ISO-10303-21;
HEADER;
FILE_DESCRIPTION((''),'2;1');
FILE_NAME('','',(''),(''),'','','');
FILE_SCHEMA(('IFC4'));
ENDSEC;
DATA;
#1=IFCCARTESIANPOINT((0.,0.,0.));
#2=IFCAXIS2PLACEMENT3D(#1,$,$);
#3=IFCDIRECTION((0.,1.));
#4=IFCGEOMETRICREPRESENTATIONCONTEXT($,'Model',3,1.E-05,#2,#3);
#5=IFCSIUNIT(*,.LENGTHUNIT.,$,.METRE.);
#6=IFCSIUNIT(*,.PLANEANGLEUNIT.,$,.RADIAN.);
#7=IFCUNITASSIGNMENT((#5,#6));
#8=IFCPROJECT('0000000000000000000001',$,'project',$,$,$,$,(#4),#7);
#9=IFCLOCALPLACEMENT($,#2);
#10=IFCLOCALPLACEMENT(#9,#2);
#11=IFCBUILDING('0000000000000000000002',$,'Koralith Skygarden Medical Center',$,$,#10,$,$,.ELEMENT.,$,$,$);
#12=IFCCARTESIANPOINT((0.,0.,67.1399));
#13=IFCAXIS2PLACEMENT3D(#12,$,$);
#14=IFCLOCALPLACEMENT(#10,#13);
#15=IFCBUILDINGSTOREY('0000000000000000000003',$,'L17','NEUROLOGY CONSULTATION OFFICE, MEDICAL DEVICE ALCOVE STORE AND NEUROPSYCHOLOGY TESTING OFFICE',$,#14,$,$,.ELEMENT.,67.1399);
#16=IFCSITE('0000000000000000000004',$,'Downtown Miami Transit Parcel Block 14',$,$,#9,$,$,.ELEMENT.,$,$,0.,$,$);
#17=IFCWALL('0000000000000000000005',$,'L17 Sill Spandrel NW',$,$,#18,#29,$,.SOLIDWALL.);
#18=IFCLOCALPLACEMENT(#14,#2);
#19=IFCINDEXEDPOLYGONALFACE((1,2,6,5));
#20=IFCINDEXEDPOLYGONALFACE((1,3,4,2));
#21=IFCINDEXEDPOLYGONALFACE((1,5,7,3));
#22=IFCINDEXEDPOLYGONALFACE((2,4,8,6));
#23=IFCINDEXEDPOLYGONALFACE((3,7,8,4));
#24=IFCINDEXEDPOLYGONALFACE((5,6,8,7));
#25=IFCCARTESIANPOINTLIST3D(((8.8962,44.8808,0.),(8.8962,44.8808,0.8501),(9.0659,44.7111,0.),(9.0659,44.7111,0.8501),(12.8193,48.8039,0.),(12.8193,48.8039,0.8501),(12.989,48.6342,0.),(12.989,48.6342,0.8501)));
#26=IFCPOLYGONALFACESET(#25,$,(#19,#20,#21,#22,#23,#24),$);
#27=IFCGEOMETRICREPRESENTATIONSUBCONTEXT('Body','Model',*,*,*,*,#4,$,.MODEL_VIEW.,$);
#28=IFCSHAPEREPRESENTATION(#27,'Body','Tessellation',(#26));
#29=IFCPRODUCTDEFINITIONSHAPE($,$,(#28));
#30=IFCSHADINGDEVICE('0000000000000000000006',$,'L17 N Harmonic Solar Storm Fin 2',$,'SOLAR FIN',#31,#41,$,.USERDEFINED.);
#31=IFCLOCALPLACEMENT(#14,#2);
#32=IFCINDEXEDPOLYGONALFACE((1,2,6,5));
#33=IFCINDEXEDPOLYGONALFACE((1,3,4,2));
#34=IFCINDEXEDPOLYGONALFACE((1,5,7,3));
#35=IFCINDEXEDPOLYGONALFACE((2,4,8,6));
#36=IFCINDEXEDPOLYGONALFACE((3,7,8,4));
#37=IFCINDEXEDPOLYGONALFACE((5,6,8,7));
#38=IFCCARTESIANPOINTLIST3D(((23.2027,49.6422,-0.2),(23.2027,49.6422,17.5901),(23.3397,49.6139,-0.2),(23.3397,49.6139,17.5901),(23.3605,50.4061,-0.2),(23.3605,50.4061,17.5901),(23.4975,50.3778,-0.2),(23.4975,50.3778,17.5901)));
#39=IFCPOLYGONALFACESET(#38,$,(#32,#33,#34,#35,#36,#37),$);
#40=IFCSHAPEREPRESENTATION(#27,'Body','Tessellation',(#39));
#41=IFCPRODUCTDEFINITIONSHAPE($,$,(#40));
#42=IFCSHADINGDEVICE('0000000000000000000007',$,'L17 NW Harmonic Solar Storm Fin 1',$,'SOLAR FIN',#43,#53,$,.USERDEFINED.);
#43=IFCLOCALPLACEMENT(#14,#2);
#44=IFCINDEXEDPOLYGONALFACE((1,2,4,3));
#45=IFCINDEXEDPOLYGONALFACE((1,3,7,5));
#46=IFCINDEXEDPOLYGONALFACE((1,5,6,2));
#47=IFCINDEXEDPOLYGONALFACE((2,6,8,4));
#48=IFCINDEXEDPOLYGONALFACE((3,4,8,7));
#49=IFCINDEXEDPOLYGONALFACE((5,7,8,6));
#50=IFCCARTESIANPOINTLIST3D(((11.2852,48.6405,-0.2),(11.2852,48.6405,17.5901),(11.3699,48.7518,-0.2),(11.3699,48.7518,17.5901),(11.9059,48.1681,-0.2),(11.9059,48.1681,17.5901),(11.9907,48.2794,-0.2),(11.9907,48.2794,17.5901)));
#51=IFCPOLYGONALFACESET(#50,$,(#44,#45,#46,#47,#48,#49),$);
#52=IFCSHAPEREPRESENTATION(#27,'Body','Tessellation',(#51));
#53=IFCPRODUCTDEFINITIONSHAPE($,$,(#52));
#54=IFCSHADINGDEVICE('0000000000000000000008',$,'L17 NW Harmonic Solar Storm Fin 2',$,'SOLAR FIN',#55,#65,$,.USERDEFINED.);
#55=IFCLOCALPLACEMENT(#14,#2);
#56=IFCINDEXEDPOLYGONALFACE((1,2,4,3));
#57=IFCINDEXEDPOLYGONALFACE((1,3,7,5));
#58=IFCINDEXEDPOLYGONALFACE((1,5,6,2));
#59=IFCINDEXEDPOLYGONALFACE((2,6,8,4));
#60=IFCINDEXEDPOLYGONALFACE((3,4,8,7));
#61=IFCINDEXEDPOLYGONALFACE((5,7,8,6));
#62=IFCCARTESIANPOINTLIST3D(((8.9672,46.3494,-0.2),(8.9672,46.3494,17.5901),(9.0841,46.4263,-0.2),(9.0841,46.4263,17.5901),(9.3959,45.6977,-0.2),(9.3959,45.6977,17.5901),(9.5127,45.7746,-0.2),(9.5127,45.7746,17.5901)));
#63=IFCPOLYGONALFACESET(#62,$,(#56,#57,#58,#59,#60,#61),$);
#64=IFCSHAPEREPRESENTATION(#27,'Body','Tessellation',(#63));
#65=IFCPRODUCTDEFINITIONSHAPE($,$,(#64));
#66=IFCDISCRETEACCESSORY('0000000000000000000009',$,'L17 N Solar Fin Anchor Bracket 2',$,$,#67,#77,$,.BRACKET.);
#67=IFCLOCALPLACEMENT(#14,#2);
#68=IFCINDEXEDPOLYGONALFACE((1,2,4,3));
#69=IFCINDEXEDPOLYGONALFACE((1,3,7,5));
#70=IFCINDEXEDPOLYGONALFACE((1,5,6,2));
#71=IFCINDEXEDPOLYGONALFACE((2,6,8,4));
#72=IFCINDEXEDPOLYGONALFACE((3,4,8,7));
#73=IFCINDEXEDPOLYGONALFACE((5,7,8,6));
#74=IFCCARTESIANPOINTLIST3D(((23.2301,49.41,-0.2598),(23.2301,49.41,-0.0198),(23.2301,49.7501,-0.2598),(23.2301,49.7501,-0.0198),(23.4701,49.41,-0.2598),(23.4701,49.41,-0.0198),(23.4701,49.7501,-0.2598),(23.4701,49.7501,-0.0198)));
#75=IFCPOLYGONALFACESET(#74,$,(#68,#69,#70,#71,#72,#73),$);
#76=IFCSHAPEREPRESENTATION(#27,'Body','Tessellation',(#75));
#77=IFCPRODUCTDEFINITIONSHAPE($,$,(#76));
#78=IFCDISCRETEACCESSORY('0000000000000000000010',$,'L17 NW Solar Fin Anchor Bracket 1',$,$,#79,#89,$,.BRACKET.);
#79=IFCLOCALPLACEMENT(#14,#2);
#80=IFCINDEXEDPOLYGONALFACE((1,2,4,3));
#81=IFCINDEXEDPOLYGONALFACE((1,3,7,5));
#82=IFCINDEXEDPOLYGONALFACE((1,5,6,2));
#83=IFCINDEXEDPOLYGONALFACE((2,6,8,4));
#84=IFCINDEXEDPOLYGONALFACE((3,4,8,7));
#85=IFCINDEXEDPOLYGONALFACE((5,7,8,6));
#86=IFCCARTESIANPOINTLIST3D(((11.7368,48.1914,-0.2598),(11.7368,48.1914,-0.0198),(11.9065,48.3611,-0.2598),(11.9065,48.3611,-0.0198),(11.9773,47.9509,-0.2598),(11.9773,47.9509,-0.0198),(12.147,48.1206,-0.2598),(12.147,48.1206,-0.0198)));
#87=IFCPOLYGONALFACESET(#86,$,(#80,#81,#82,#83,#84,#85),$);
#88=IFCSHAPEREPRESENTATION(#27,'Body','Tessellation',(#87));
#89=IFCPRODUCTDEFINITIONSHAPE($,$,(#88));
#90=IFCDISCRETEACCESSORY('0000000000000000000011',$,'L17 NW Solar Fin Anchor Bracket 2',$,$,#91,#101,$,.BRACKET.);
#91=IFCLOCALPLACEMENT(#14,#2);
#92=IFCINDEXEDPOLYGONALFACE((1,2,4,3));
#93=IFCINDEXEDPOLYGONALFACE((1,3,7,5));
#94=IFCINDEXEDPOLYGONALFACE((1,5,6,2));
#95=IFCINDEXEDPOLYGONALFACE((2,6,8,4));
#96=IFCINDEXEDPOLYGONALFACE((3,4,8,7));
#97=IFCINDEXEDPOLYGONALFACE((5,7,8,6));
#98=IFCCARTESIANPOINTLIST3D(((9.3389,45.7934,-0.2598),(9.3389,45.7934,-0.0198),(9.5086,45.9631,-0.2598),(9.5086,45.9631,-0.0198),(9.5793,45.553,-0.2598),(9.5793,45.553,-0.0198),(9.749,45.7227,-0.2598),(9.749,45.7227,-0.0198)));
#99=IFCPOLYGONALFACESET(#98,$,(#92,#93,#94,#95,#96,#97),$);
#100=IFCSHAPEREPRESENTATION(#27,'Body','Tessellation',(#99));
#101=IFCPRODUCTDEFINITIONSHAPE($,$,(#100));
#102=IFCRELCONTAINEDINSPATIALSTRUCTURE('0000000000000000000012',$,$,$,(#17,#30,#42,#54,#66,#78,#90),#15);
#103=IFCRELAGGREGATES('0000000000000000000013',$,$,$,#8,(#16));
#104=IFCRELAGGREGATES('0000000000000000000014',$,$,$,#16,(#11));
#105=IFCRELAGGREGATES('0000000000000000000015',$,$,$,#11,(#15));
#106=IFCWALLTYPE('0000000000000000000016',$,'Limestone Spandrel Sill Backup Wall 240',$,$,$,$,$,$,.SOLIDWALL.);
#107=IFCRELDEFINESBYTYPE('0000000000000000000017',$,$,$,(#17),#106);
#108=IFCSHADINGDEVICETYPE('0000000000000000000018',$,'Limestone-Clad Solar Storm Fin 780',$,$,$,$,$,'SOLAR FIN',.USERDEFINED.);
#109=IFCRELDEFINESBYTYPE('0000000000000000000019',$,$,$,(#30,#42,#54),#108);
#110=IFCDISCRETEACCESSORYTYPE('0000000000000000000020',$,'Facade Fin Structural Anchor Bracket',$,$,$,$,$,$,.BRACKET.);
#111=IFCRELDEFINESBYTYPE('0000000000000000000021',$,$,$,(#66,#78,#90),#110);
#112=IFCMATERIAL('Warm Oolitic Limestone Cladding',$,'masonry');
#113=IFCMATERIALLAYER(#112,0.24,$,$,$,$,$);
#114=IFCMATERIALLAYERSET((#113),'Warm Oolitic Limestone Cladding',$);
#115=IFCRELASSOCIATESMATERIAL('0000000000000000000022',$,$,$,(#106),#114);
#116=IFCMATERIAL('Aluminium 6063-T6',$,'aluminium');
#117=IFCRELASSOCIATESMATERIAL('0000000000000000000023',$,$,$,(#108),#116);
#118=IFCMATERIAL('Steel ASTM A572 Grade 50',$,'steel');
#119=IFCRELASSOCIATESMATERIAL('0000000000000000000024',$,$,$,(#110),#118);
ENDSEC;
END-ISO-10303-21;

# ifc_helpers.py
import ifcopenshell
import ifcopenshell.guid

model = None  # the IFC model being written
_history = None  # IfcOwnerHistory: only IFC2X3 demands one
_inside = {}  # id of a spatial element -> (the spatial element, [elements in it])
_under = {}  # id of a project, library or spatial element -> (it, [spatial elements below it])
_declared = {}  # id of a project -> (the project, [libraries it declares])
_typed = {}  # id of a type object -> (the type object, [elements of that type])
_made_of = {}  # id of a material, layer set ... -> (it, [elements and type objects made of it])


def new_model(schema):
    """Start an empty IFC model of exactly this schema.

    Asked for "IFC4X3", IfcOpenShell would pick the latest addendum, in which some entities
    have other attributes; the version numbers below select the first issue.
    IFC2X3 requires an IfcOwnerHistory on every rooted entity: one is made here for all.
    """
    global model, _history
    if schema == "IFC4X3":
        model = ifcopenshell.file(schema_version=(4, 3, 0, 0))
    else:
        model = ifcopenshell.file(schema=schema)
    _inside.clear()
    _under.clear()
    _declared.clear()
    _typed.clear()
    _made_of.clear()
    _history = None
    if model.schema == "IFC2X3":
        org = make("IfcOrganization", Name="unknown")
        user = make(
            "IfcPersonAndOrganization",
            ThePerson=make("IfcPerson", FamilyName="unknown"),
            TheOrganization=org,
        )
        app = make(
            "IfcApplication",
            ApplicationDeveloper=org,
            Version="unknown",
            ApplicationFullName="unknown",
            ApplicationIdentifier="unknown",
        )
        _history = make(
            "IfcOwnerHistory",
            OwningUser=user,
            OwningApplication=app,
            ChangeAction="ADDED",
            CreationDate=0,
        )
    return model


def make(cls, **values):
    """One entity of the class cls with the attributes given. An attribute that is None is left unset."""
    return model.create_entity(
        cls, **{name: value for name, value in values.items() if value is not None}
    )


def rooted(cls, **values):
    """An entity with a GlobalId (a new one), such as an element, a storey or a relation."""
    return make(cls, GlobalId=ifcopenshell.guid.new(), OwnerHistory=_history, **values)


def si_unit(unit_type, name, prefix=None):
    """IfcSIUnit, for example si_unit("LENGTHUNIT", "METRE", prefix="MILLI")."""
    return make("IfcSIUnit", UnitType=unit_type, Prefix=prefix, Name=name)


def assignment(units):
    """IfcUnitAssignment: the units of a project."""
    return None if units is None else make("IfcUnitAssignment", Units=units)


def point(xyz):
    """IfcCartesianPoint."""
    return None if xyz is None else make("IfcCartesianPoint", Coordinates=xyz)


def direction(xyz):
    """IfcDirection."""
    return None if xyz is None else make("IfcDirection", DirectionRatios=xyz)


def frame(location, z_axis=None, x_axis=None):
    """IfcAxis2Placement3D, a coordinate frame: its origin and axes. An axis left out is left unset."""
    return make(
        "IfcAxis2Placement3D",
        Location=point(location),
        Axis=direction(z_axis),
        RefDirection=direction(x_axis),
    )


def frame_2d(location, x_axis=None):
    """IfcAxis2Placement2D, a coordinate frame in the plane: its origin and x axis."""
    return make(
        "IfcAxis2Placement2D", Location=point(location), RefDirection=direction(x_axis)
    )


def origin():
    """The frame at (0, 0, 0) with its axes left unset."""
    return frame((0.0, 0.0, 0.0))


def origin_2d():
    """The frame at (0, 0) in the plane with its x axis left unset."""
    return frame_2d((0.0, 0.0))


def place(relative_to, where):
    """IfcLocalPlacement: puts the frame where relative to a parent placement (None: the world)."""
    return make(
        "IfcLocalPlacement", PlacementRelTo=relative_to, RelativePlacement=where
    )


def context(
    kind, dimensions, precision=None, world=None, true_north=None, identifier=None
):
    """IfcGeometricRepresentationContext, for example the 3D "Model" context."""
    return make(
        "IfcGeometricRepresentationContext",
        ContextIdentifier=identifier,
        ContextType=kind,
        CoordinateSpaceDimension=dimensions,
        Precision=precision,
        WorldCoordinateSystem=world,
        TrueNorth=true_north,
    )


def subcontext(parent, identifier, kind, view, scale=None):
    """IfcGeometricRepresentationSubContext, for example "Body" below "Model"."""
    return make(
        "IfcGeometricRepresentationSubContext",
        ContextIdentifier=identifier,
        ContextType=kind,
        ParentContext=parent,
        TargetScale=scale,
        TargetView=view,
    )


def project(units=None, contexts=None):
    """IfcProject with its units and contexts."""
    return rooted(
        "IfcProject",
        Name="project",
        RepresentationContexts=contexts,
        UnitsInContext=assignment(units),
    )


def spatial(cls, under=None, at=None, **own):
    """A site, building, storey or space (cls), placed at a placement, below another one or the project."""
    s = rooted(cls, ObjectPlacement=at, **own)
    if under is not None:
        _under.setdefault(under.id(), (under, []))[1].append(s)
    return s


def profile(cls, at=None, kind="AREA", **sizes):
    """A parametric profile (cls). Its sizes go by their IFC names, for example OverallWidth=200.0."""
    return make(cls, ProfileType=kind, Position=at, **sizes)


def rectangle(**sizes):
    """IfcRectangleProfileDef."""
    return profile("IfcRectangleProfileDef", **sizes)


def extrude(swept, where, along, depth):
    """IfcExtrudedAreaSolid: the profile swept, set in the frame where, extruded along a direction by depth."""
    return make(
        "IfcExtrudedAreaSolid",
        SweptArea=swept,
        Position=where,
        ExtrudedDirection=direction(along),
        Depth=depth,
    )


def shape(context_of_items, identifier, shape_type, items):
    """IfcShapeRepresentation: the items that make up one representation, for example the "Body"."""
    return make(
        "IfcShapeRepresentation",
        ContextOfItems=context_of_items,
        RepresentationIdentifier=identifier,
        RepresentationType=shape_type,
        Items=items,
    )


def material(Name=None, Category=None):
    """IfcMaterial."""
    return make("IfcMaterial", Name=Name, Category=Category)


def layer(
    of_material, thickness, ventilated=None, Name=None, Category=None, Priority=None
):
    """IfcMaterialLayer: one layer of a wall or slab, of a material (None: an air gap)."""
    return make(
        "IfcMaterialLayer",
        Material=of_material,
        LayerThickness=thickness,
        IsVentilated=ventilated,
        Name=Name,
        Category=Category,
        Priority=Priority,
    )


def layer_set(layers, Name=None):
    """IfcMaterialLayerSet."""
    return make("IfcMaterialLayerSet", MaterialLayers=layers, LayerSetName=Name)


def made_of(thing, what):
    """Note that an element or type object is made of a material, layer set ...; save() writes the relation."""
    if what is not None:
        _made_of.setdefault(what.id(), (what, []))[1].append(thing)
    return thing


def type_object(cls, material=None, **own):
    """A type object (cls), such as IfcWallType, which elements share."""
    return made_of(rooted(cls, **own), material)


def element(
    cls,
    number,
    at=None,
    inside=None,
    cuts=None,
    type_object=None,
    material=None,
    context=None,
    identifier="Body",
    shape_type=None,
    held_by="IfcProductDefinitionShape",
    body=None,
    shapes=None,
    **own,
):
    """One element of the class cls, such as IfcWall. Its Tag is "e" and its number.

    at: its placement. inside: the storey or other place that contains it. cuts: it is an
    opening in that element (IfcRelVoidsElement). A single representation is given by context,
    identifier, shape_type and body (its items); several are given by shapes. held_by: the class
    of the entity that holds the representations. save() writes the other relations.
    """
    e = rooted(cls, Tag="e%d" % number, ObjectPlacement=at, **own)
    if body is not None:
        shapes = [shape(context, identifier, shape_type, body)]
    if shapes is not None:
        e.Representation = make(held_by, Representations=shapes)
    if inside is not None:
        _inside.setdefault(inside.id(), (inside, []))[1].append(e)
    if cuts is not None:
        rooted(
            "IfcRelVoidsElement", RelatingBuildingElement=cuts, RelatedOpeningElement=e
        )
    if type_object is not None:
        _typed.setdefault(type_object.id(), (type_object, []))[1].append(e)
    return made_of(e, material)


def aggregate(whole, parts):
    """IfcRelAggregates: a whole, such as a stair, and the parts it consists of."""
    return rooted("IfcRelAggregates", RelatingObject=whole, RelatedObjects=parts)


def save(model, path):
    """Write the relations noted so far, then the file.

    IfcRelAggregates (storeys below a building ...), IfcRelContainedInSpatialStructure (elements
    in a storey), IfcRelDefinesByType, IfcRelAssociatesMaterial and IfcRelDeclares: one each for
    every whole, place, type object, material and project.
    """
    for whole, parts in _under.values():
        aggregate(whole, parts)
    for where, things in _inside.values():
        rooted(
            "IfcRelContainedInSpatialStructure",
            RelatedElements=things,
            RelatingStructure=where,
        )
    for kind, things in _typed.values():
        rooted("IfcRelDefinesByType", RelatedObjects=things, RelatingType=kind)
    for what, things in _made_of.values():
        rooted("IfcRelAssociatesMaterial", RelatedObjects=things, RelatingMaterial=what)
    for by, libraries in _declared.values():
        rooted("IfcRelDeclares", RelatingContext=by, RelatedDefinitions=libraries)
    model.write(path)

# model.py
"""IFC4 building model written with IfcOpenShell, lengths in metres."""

from ifc_helpers import new_model, si_unit, direction, frame, frame_2d, origin, origin_2d, place, context, subcontext, project, spatial, rectangle, extrude, material, layer, layer_set, type_object, element, save


model = new_model("IFC4")

# Units and contexts
model_context = context("Model", 3, precision=1e-05, world=origin(), true_north=direction((0.0, 1.0)))
body_context = subcontext(model_context, "Body", "Model", "MODEL_VIEW")
ifc_project = project(units=[si_unit("LENGTHUNIT", "METRE"), si_unit("PLANEANGLEUNIT", "RADIAN")], contexts=[model_context])

# Site, building, storey
site_placement = place(None, origin())
site = spatial("IfcSite", under=ifc_project, at=site_placement, Name="Downtown Miami Transit Parcel Block 14", CompositionType="ELEMENT", RefElevation=0.0)
building_placement = place(site_placement, origin())
building = spatial("IfcBuilding", under=site, at=building_placement, Name="Koralith Skygarden Medical Center", CompositionType="ELEMENT")
storey_placement = place(building_placement, frame((0.0, 0.0, 67.1399)))
storey = spatial("IfcBuildingStorey", under=building, at=storey_placement, Name="L17", Description="NEUROLOGY CONSULTATION OFFICE, MEDICAL DEVICE ALCOVE STORE AND NEUROPSYCHOLOGY TESTING OFFICE", CompositionType="ELEMENT", Elevation=67.1399)

# Shared definitions
ifc_material_1 = material(Name="Aluminium 6063-T6", Category="aluminium")

# Shared definitions
ifc_material_2 = material(Name="Warm Oolitic Limestone Cladding", Category="masonry")

# Wall
ifc_layer_1 = layer(ifc_material_2, 0.24)
ifc_layer_set_1 = layer_set([ifc_layer_1], Name="Warm Oolitic Limestone Cladding")
wall_type = type_object("IfcWallType", Name="Limestone Spandrel Sill Backup Wall 240", PredefinedType="SOLIDWALL", material=ifc_layer_set_1)
wall_placement = place(storey_placement, frame((12.9041, 48.719, 0.0), z_axis=(0.0, 0.0, 1.0), x_axis=(-0.707107, -0.707107, 0.0)))
element("IfcWall", 1, at=wall_placement, inside=storey, type_object=wall_type, Name="L17 Sill Spandrel NW", PredefinedType="SOLIDWALL", context=body_context, shape_type="SweptSolid", body=[
    extrude(rectangle(XDim=5.5481, YDim=0.24, at=frame_2d((2.7739, 0.0))), origin(), (0.0, 0.0, 1.0), 0.8501),
])

# Shading devices
shading_device_type = type_object("IfcShadingDeviceType", Name="Limestone-Clad Solar Storm Fin 780", ElementType="SOLAR FIN", PredefinedType="USERDEFINED", material=ifc_material_1)
for number, where, z_axis, x_axis, name in (
    (2, (23.3501, 50.01, -0.2), (0.0, 0.0, 1.0), (0.20224, 0.979336, 0.0), "L17 N Harmonic Solar Storm Fin 2"),
    (3, (11.6379, 48.46, -0.2), (0.0, 0.0, 1.0), (-0.795759, 0.605613, 0.0), "L17 NW Harmonic Solar Storm Fin 1"),
    (4, (9.24, 46.062, -0.2), (0.0, 0.0, 1.0), (-0.54949, 0.835501, 0.0), "L17 NW Harmonic Solar Storm Fin 2"),
):
    element("IfcShadingDevice", number, at=place(storey_placement, frame(where, z_axis=z_axis, x_axis=x_axis)), inside=storey, type_object=shading_device_type, Name=name, ObjectType="SOLAR FIN", PredefinedType="USERDEFINED", context=body_context, shape_type="SweptSolid", body=[
        extrude(rectangle(XDim=0.78, YDim=0.1399, at=origin_2d()), origin(), (0.0, 0.0, 1.0), 17.79),
    ])

# Discrete accessories
ifc_material_3 = material(Name="Steel ASTM A572 Grade 50", Category="steel")
discrete_accessory_type = type_object("IfcDiscreteAccessoryType", Name="Facade Fin Structural Anchor Bracket", PredefinedType="BRACKET", material=ifc_material_3)
for number, where, z_axis, x_axis, name in (
    (5, (23.3501, 49.5801, -0.2598), (0.0, 0.0, 1.0), (0.0, 1.0, 0.0), "L17 N Solar Fin Anchor Bracket 2"),
    (6, (11.9419, 48.156, -0.2598), (0.0, 0.0, 1.0), (-0.707107, 0.707107, 0.0), "L17 NW Solar Fin Anchor Bracket 1"),
    (7, (9.5439, 45.7581, -0.2598), (0.0, 0.0, 1.0), (-0.707107, 0.707107, 0.0), "L17 NW Solar Fin Anchor Bracket 2"),
):
    element("IfcDiscreteAccessory", number, at=place(storey_placement, frame(where, z_axis=z_axis, x_axis=x_axis)), inside=storey, type_object=discrete_accessory_type, Name=name, PredefinedType="BRACKET", context=body_context, shape_type="SweptSolid", body=[
        extrude(rectangle(XDim=0.3401, YDim=0.24, at=origin_2d()), origin(), (0.0, 0.0, 1.0), 0.24),
    ])

save(model, "model.ifc")
